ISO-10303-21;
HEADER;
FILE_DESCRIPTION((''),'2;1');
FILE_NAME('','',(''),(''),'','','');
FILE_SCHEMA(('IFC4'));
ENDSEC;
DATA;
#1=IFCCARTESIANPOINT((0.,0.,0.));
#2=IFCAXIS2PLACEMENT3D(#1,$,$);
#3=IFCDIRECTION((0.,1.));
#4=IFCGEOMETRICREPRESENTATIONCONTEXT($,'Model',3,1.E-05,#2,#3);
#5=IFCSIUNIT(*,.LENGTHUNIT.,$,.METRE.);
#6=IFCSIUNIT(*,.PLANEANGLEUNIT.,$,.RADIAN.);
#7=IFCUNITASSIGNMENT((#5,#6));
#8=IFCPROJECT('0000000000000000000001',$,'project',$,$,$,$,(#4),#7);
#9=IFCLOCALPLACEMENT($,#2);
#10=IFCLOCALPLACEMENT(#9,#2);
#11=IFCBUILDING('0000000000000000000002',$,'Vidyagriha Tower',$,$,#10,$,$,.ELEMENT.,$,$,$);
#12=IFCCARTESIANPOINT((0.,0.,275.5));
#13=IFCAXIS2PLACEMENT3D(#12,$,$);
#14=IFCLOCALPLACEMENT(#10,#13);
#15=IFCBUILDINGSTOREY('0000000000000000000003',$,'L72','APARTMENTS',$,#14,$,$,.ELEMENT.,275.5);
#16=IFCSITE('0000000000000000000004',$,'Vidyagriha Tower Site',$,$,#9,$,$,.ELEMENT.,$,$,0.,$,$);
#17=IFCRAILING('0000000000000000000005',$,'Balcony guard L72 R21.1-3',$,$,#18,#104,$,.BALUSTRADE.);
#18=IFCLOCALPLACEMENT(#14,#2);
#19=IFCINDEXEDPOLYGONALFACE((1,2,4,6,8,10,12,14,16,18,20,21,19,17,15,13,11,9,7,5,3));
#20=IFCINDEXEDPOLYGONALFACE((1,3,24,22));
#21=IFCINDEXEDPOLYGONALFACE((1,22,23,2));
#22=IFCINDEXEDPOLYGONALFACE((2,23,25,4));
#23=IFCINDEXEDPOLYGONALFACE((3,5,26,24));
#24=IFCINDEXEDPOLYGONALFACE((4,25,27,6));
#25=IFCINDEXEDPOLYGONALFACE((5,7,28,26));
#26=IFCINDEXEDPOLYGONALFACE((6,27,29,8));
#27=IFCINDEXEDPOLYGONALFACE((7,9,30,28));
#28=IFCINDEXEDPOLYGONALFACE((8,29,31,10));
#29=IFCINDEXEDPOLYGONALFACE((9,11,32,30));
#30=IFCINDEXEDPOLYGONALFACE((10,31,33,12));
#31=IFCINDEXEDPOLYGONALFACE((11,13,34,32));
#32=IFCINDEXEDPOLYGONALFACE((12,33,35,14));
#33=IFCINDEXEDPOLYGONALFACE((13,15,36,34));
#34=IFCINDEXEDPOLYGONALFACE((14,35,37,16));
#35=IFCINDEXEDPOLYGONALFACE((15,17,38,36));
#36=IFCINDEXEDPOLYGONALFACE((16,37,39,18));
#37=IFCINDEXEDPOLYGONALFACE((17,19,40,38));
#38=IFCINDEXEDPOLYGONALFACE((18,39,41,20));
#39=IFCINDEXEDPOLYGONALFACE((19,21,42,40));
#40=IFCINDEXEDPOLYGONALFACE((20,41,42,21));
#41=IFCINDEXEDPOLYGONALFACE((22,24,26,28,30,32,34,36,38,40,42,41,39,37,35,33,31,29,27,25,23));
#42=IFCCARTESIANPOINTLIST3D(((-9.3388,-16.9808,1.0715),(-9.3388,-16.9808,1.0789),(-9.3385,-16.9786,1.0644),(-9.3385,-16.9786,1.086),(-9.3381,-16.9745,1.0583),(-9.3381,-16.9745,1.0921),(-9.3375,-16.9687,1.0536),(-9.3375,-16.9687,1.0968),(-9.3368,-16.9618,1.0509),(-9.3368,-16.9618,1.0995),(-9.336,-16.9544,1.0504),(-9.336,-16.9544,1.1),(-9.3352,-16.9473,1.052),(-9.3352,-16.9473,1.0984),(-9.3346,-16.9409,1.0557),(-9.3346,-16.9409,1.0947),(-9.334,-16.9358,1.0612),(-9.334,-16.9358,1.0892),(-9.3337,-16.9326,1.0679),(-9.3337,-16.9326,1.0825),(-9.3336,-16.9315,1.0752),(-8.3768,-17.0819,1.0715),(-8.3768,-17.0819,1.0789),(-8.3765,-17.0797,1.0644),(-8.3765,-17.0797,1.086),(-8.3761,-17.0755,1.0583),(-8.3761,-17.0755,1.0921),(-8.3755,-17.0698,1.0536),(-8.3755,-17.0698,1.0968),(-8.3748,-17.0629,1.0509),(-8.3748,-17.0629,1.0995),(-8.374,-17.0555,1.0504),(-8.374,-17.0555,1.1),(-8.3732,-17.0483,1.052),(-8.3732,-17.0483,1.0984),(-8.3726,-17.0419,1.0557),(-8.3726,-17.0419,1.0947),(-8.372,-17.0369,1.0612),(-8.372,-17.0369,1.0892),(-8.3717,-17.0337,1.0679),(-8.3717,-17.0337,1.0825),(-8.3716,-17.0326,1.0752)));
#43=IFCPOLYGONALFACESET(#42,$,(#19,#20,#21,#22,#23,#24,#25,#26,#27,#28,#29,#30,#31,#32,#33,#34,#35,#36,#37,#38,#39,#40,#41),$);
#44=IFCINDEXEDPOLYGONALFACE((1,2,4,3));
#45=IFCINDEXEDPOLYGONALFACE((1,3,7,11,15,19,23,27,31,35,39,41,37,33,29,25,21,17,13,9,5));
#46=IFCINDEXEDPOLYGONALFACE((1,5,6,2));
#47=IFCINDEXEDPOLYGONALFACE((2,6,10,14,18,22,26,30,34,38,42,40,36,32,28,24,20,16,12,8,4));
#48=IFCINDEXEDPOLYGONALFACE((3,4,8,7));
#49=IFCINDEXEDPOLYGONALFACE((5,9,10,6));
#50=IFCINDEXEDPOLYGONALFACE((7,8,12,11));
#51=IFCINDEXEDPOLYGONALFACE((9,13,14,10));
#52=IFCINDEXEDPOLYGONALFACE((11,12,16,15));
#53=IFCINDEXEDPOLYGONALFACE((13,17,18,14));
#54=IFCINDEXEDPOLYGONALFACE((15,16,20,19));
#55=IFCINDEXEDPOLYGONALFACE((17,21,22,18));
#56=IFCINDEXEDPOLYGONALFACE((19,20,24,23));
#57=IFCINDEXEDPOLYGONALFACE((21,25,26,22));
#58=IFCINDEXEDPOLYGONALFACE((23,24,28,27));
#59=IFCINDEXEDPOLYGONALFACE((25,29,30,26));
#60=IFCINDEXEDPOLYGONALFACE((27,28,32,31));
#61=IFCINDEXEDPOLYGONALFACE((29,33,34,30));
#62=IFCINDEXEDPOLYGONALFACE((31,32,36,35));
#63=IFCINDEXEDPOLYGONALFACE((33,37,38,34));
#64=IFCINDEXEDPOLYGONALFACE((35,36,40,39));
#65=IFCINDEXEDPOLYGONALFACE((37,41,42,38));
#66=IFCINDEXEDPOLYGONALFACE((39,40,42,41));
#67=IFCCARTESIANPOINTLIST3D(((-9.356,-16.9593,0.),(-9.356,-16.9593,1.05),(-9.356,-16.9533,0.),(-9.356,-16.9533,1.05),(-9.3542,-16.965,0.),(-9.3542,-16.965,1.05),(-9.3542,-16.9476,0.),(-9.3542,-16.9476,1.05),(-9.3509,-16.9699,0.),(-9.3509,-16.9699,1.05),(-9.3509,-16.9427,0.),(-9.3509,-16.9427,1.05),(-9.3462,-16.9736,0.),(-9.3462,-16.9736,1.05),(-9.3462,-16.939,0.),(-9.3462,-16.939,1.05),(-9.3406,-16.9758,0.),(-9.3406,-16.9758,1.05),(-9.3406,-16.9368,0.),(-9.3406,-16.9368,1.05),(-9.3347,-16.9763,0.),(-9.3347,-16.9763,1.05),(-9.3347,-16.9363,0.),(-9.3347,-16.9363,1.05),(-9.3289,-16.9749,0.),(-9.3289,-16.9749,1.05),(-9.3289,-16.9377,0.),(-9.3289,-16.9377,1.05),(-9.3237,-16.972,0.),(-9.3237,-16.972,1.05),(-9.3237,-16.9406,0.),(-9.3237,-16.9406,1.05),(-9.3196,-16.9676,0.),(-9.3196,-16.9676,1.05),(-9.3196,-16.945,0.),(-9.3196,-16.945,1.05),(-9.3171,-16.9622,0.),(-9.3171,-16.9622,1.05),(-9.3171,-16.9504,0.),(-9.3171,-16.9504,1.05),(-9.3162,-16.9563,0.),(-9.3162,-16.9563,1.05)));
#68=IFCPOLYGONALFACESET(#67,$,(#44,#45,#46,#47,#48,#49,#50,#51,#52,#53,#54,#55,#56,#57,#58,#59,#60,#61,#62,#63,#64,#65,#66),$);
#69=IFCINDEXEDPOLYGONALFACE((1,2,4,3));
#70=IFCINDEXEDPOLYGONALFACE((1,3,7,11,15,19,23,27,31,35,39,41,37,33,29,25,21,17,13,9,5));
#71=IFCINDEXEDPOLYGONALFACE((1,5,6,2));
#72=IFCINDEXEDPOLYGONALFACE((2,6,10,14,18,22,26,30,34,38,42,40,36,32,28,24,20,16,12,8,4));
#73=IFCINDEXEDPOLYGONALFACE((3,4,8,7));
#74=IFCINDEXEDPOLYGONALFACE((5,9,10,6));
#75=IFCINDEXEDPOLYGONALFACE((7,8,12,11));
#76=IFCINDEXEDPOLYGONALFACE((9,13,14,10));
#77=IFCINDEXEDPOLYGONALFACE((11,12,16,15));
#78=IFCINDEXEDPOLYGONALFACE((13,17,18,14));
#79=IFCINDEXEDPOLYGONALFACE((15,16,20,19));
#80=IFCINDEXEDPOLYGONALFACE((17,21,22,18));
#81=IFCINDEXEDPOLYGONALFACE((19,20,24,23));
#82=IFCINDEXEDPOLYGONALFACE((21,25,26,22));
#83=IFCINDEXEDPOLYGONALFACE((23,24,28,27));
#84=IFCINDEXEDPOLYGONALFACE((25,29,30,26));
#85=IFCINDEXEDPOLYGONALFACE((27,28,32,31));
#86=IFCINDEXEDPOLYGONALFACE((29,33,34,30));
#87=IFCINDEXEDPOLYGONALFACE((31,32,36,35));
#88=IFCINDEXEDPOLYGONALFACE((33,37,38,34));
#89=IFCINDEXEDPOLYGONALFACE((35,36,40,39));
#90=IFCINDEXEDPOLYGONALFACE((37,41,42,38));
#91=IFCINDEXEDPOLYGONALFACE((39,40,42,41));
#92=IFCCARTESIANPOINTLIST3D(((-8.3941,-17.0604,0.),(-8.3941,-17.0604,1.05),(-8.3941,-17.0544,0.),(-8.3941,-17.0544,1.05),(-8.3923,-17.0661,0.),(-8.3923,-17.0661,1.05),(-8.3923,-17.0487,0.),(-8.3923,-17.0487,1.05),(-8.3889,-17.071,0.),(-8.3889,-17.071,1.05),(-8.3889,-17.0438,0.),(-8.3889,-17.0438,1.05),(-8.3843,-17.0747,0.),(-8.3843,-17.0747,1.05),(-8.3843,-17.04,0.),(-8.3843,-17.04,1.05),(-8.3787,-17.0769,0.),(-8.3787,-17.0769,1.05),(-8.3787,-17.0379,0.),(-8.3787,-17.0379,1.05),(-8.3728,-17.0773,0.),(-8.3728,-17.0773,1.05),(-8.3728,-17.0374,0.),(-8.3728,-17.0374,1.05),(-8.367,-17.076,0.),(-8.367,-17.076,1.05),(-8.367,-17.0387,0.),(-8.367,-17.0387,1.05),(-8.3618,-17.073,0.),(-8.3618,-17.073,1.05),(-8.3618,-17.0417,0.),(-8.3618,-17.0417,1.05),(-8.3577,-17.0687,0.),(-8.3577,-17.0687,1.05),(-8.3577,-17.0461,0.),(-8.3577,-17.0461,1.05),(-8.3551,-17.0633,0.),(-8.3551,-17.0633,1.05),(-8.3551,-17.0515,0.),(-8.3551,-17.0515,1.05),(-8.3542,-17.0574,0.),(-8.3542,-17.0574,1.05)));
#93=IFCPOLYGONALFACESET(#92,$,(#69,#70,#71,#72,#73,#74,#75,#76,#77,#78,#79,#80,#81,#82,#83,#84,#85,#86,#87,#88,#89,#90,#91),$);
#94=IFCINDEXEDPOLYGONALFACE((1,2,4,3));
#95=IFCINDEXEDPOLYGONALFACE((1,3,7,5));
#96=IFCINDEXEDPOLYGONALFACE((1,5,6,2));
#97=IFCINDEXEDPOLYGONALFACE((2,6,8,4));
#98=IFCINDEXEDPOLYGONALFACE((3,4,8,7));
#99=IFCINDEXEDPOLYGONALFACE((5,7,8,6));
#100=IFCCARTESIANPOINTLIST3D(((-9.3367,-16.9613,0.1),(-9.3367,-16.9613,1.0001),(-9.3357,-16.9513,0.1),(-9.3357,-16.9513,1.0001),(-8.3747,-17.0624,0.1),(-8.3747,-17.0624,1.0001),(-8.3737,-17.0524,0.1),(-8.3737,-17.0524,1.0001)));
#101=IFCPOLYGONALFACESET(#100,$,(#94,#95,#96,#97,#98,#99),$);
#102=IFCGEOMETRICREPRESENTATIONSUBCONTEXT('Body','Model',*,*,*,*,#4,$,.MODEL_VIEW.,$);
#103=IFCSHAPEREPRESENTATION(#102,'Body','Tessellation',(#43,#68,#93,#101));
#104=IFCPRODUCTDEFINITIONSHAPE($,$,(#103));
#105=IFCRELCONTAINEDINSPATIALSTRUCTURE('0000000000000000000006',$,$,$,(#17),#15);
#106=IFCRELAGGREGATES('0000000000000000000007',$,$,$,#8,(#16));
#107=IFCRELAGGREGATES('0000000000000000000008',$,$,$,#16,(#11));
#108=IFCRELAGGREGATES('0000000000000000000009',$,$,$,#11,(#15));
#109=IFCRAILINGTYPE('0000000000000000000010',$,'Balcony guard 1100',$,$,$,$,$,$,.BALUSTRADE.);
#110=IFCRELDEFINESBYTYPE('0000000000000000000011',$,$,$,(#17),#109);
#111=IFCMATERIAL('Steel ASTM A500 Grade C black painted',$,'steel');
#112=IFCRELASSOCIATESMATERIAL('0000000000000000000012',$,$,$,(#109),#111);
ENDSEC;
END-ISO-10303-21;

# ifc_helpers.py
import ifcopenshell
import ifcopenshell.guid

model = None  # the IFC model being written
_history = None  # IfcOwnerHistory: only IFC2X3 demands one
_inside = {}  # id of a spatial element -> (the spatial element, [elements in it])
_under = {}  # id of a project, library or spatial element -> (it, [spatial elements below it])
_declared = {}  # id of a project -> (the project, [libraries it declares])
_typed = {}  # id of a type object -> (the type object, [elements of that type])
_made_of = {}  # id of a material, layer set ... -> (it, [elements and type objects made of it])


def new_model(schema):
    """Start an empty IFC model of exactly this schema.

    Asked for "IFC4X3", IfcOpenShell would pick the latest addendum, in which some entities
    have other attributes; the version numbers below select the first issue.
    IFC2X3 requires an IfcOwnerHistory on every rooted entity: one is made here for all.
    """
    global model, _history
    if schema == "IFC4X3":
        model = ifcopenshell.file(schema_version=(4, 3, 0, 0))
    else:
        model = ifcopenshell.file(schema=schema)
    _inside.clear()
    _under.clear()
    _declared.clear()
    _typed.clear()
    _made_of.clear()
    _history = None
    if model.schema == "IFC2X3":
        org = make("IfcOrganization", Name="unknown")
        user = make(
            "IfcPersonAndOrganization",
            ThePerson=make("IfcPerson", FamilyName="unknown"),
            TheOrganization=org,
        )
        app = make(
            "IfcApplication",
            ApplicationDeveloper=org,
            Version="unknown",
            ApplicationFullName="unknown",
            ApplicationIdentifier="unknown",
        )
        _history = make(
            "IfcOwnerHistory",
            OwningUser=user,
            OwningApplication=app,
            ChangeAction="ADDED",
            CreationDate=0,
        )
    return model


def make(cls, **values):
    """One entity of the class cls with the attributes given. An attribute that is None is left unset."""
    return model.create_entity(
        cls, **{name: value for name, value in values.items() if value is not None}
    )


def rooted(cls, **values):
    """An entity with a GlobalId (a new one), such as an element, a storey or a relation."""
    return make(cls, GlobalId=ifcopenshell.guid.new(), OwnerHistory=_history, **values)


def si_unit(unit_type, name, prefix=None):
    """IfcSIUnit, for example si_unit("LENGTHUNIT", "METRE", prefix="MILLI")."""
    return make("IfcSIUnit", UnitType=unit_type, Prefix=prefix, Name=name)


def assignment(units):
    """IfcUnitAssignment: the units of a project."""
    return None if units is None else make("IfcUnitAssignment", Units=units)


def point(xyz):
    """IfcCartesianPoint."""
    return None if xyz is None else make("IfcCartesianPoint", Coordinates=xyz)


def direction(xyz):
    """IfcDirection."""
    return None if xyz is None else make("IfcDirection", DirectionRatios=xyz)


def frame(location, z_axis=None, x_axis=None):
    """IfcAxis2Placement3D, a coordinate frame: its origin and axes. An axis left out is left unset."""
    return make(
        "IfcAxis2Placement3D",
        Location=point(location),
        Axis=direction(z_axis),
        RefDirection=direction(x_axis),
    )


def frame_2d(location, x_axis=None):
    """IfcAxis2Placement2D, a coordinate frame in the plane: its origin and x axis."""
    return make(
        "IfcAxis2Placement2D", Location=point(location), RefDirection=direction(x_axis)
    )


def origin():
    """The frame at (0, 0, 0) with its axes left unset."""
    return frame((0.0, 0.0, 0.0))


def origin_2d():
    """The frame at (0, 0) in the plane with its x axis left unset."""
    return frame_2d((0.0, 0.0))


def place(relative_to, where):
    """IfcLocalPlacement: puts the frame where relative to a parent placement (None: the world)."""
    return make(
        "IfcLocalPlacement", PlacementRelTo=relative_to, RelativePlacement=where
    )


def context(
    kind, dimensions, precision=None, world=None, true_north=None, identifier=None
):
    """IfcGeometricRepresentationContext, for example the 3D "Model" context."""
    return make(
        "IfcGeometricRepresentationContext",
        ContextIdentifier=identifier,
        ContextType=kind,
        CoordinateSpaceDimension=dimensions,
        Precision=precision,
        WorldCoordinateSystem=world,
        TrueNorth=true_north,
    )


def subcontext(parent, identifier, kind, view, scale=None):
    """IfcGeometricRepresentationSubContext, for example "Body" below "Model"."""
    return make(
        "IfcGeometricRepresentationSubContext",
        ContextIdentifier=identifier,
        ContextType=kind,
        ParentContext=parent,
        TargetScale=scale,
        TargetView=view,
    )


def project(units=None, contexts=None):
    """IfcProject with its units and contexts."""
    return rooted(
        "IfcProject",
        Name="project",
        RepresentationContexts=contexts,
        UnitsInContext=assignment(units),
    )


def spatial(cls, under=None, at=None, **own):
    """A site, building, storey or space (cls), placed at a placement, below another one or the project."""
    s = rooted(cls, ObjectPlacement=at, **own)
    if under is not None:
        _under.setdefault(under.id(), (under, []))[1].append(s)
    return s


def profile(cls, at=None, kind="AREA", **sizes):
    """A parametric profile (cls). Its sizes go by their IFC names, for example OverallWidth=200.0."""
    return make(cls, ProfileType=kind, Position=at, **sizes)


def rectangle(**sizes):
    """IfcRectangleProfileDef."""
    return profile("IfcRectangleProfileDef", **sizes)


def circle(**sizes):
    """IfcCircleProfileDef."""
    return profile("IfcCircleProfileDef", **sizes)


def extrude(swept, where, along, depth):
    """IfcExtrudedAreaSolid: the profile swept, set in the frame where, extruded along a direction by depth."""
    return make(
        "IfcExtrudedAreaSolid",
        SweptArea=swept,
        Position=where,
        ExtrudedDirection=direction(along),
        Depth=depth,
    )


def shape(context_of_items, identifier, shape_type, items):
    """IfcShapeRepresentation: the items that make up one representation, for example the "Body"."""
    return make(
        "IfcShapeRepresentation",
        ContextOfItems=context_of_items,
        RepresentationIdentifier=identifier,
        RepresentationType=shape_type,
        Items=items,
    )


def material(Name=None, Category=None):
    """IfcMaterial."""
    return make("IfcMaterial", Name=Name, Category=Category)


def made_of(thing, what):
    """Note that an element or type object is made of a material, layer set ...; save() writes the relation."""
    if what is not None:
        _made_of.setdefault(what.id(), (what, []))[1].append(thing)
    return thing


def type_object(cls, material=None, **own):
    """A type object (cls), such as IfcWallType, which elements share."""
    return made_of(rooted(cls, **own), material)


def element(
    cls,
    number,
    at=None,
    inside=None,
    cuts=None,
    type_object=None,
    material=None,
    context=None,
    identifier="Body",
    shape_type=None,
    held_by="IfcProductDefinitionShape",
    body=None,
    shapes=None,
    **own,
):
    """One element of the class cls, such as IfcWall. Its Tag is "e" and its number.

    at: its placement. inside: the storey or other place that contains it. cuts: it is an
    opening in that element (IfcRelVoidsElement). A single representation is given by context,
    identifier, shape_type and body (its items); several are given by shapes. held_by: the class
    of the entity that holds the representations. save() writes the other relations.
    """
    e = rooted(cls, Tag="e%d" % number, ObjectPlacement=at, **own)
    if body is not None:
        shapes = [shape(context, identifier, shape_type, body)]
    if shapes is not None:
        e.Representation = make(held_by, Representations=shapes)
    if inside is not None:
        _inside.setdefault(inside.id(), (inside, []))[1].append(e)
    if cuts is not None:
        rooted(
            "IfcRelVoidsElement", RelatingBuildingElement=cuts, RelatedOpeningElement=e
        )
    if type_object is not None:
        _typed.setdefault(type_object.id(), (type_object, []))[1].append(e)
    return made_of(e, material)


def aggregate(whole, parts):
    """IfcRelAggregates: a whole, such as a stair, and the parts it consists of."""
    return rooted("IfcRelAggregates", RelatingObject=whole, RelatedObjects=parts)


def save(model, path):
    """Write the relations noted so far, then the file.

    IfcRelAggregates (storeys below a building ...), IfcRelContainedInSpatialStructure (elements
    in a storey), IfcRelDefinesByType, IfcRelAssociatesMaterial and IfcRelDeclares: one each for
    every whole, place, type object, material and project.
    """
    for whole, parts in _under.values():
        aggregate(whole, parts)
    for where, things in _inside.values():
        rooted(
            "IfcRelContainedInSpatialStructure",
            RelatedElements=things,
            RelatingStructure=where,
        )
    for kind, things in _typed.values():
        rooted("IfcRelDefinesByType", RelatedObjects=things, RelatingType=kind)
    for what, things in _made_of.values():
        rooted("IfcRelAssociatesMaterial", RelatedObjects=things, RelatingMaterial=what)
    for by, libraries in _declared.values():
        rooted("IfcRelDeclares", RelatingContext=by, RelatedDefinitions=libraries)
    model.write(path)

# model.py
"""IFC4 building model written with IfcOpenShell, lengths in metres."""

from ifc_helpers import new_model, si_unit, direction, frame, origin, origin_2d, place, context, subcontext, project, spatial, rectangle, circle, extrude, material, type_object, element, save


model = new_model("IFC4")

# Units and contexts
model_context = context("Model", 3, precision=1e-05, world=origin(), true_north=direction((0.0, 1.0)))
body_context = subcontext(model_context, "Body", "Model", "MODEL_VIEW")
ifc_project = project(units=[si_unit("LENGTHUNIT", "METRE"), si_unit("PLANEANGLEUNIT", "RADIAN")], contexts=[model_context])

# Site, building, storey
site_placement = place(None, origin())
site = spatial("IfcSite", under=ifc_project, at=site_placement, Name="Vidyagriha Tower Site", CompositionType="ELEMENT", RefElevation=0.0)
building_placement = place(site_placement, origin())
building = spatial("IfcBuilding", under=site, at=building_placement, Name="Vidyagriha Tower", CompositionType="ELEMENT")
storey_placement = place(building_placement, frame((0.0, 0.0, 275.5)))
storey = spatial("IfcBuildingStorey", under=building, at=storey_placement, Name="L72", Description="APARTMENTS", CompositionType="ELEMENT", Elevation=275.5)

# Railing
ifc_material_1 = material(Name="Steel ASTM A500 Grade C black painted", Category="steel")
railing_type = type_object("IfcRailingType", Name="Balcony guard 1100", PredefinedType="BALUSTRADE", material=ifc_material_1)
railing_1_placement = place(storey_placement, frame((-9.3362, -16.9563, 0.0)))
element("IfcRailing", 1, at=railing_1_placement, inside=storey, type_object=railing_type, Name="Balcony guard L72 R21.1-3", PredefinedType="BALUSTRADE", context=body_context, shape_type="SweptSolid", body=[
    extrude(circle(Radius=0.0249, at=origin_2d()), frame((0.0, 0.0, 1.0752), z_axis=(0.994525, -0.104501, 0.0), x_axis=(0.104501, 0.994525, 0.0)), (0.0, 0.0, 1.0), 0.9673),
    extrude(circle(Radius=0.02, at=origin_2d()), origin(), (0.0, 0.0, 1.0), 1.05),
    extrude(circle(Radius=0.02, at=origin_2d()), frame((0.9619, -0.1011, 0.0)), (0.0, 0.0, 1.0), 1.05),
    extrude(rectangle(XDim=0.01, YDim=0.9001, at=origin_2d()), frame((0.0, 0.0, 0.55), z_axis=(0.994525, -0.104501, 0.0), x_axis=(0.104501, 0.994525, 0.0)), (0.0, 0.0, 1.0), 0.9673),
])

save(model, "model.ifc")
